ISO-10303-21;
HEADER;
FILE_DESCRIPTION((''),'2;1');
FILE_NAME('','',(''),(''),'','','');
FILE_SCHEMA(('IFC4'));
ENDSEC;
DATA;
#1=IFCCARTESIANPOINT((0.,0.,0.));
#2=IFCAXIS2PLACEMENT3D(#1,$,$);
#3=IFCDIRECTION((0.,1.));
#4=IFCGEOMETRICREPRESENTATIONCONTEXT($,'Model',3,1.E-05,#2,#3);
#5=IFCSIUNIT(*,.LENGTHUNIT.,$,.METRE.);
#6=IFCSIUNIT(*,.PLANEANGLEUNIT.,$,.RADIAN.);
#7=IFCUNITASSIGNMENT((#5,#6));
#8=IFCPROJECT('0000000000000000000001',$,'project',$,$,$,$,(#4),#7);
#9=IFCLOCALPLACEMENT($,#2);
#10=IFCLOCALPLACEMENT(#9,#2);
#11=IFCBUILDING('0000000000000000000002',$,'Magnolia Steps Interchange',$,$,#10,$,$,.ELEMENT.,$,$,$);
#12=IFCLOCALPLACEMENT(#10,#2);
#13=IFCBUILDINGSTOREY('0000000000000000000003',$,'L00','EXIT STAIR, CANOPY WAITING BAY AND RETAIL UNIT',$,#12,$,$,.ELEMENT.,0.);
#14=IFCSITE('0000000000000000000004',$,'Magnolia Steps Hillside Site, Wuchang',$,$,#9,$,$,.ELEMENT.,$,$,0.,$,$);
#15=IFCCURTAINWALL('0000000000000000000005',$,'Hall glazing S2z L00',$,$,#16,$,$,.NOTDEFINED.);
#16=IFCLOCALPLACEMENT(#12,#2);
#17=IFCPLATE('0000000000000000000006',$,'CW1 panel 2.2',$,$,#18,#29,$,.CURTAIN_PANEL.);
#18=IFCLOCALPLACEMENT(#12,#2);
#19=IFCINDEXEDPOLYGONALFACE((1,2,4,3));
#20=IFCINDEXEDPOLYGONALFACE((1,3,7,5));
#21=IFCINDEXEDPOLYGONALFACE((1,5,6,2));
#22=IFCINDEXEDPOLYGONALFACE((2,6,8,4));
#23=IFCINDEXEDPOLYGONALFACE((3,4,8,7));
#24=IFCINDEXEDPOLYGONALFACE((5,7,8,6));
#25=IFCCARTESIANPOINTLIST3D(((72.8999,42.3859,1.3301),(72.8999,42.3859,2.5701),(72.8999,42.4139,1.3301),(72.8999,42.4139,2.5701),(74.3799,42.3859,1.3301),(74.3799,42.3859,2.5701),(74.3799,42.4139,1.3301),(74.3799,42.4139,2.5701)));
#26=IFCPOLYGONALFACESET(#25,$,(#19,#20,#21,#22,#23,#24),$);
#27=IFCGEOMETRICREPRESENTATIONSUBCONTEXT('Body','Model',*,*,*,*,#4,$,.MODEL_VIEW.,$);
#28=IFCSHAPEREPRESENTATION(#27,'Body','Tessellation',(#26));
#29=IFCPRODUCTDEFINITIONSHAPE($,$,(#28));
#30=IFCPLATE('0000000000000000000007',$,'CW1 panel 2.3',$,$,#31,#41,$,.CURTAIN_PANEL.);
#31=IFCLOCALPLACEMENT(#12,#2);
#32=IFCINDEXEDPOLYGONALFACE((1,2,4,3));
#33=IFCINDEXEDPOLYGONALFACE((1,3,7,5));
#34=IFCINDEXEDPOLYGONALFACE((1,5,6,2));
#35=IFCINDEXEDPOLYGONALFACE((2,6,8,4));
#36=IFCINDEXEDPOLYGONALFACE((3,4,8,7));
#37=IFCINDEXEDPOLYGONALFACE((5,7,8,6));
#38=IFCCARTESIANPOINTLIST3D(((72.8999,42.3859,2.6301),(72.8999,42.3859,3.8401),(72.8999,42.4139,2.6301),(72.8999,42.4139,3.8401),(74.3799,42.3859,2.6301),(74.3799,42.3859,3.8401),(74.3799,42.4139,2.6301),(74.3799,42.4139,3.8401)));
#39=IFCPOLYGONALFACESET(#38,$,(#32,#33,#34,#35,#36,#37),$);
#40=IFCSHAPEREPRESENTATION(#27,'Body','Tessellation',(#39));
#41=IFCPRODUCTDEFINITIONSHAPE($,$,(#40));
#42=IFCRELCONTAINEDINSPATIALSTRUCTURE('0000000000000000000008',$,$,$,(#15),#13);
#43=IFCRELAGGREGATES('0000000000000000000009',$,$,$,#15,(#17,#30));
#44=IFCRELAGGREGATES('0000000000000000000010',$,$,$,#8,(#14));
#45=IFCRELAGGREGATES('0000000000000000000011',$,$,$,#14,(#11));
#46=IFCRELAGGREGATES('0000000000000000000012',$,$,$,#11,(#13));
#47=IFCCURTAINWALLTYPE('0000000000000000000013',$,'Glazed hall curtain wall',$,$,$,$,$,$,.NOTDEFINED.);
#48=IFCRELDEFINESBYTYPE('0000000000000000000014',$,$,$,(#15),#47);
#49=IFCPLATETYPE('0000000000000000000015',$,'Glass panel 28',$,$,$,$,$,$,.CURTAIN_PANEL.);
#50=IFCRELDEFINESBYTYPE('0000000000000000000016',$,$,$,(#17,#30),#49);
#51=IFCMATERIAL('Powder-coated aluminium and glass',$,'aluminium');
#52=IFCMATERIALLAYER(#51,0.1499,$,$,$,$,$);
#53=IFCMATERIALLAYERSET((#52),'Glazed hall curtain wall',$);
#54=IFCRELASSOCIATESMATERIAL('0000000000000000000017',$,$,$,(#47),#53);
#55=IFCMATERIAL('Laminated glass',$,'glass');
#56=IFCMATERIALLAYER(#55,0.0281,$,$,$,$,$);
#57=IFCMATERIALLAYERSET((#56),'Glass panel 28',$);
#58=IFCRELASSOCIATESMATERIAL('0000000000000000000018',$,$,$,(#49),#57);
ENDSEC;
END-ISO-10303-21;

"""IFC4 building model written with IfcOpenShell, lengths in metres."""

from ifc_helpers import new_model, si_unit, direction, frame, origin, origin_2d, place, context, subcontext, project, spatial, rectangle, extrude, material, layer, layer_set, type_object, element, aggregate, save


model = new_model("IFC4")

# Units and contexts
model_context = context("Model", 3, precision=1e-05, world=origin(), true_north=direction((0.0, 1.0)))
body_context = subcontext(model_context, "Body", "Model", "MODEL_VIEW")
ifc_project = project(units=[si_unit("LENGTHUNIT", "METRE"), si_unit("PLANEANGLEUNIT", "RADIAN")], contexts=[model_context])

# Site, building, storey
site_placement = place(None, origin())
site = spatial("IfcSite", under=ifc_project, at=site_placement, Name="Magnolia Steps Hillside Site, Wuchang", CompositionType="ELEMENT", RefElevation=0.0)
building_placement = place(site_placement, origin())
building = spatial("IfcBuilding", under=site, at=building_placement, Name="Magnolia Steps Interchange", CompositionType="ELEMENT")
storey_placement = place(building_placement, origin())
storey = spatial("IfcBuildingStorey", under=building, at=storey_placement, Name="L00", Description="EXIT STAIR, CANOPY WAITING BAY AND RETAIL UNIT", CompositionType="ELEMENT", Elevation=0.0)

# Shared definitions
ifc_material_1 = material(Name="Powder-coated aluminium and glass", Category="aluminium")
ifc_layer_1 = layer(ifc_material_1, 0.1499)
ifc_layer_set_1 = layer_set([ifc_layer_1], Name="Glazed hall curtain wall")
curtain_wall_type = type_object("IfcCurtainWallType", Name="Glazed hall curtain wall", PredefinedType="NOTDEFINED", material=ifc_layer_set_1)

# Curtain wall
curtain_wall_1_placement = place(storey_placement, origin())
curtain_wall_1 = element("IfcCurtainWall", 1, at=curtain_wall_1_placement, inside=storey, type_object=curtain_wall_type, Name="Hall glazing S2z L00", PredefinedType="NOTDEFINED")

# Plates
ifc_material_2 = material(Name="Laminated glass", Category="glass")
ifc_layer_2 = layer(ifc_material_2, 0.0281)
ifc_layer_set_2 = layer_set([ifc_layer_2], Name="Glass panel 28")
plate_type = type_object("IfcPlateType", Name="Glass panel 28", PredefinedType="CURTAIN_PANEL", material=ifc_layer_set_2)
plate_1_placement = place(storey_placement, frame((73.6399, 42.3999, 1.3301), z_axis=(0.0, 0.0, 1.0), x_axis=(1.0, 0.0, 0.0)))
plate_1 = element("IfcPlate", 2, at=plate_1_placement, type_object=plate_type, Name="CW1 panel 2.2", PredefinedType="CURTAIN_PANEL", context=body_context, shape_type="SweptSolid", body=[
    extrude(rectangle(XDim=1.48, YDim=0.0281, at=origin_2d()), origin(), (0.0, 0.0, 1.0), 1.24),
])
plate_2_placement = place(storey_placement, frame((73.6399, 42.3999, 2.6301), z_axis=(0.0, 0.0, 1.0), x_axis=(1.0, 0.0, 0.0)))
plate_2 = element("IfcPlate", 3, at=plate_2_placement, type_object=plate_type, Name="CW1 panel 2.3", PredefinedType="CURTAIN_PANEL", context=body_context, shape_type="SweptSolid", body=[
    extrude(rectangle(XDim=1.48, YDim=0.0281, at=origin_2d()), origin(), (0.0, 0.0, 1.0), 1.21),
])
aggregate(curtain_wall_1, [plate_1, plate_2])

save(model, "model.ifc")
